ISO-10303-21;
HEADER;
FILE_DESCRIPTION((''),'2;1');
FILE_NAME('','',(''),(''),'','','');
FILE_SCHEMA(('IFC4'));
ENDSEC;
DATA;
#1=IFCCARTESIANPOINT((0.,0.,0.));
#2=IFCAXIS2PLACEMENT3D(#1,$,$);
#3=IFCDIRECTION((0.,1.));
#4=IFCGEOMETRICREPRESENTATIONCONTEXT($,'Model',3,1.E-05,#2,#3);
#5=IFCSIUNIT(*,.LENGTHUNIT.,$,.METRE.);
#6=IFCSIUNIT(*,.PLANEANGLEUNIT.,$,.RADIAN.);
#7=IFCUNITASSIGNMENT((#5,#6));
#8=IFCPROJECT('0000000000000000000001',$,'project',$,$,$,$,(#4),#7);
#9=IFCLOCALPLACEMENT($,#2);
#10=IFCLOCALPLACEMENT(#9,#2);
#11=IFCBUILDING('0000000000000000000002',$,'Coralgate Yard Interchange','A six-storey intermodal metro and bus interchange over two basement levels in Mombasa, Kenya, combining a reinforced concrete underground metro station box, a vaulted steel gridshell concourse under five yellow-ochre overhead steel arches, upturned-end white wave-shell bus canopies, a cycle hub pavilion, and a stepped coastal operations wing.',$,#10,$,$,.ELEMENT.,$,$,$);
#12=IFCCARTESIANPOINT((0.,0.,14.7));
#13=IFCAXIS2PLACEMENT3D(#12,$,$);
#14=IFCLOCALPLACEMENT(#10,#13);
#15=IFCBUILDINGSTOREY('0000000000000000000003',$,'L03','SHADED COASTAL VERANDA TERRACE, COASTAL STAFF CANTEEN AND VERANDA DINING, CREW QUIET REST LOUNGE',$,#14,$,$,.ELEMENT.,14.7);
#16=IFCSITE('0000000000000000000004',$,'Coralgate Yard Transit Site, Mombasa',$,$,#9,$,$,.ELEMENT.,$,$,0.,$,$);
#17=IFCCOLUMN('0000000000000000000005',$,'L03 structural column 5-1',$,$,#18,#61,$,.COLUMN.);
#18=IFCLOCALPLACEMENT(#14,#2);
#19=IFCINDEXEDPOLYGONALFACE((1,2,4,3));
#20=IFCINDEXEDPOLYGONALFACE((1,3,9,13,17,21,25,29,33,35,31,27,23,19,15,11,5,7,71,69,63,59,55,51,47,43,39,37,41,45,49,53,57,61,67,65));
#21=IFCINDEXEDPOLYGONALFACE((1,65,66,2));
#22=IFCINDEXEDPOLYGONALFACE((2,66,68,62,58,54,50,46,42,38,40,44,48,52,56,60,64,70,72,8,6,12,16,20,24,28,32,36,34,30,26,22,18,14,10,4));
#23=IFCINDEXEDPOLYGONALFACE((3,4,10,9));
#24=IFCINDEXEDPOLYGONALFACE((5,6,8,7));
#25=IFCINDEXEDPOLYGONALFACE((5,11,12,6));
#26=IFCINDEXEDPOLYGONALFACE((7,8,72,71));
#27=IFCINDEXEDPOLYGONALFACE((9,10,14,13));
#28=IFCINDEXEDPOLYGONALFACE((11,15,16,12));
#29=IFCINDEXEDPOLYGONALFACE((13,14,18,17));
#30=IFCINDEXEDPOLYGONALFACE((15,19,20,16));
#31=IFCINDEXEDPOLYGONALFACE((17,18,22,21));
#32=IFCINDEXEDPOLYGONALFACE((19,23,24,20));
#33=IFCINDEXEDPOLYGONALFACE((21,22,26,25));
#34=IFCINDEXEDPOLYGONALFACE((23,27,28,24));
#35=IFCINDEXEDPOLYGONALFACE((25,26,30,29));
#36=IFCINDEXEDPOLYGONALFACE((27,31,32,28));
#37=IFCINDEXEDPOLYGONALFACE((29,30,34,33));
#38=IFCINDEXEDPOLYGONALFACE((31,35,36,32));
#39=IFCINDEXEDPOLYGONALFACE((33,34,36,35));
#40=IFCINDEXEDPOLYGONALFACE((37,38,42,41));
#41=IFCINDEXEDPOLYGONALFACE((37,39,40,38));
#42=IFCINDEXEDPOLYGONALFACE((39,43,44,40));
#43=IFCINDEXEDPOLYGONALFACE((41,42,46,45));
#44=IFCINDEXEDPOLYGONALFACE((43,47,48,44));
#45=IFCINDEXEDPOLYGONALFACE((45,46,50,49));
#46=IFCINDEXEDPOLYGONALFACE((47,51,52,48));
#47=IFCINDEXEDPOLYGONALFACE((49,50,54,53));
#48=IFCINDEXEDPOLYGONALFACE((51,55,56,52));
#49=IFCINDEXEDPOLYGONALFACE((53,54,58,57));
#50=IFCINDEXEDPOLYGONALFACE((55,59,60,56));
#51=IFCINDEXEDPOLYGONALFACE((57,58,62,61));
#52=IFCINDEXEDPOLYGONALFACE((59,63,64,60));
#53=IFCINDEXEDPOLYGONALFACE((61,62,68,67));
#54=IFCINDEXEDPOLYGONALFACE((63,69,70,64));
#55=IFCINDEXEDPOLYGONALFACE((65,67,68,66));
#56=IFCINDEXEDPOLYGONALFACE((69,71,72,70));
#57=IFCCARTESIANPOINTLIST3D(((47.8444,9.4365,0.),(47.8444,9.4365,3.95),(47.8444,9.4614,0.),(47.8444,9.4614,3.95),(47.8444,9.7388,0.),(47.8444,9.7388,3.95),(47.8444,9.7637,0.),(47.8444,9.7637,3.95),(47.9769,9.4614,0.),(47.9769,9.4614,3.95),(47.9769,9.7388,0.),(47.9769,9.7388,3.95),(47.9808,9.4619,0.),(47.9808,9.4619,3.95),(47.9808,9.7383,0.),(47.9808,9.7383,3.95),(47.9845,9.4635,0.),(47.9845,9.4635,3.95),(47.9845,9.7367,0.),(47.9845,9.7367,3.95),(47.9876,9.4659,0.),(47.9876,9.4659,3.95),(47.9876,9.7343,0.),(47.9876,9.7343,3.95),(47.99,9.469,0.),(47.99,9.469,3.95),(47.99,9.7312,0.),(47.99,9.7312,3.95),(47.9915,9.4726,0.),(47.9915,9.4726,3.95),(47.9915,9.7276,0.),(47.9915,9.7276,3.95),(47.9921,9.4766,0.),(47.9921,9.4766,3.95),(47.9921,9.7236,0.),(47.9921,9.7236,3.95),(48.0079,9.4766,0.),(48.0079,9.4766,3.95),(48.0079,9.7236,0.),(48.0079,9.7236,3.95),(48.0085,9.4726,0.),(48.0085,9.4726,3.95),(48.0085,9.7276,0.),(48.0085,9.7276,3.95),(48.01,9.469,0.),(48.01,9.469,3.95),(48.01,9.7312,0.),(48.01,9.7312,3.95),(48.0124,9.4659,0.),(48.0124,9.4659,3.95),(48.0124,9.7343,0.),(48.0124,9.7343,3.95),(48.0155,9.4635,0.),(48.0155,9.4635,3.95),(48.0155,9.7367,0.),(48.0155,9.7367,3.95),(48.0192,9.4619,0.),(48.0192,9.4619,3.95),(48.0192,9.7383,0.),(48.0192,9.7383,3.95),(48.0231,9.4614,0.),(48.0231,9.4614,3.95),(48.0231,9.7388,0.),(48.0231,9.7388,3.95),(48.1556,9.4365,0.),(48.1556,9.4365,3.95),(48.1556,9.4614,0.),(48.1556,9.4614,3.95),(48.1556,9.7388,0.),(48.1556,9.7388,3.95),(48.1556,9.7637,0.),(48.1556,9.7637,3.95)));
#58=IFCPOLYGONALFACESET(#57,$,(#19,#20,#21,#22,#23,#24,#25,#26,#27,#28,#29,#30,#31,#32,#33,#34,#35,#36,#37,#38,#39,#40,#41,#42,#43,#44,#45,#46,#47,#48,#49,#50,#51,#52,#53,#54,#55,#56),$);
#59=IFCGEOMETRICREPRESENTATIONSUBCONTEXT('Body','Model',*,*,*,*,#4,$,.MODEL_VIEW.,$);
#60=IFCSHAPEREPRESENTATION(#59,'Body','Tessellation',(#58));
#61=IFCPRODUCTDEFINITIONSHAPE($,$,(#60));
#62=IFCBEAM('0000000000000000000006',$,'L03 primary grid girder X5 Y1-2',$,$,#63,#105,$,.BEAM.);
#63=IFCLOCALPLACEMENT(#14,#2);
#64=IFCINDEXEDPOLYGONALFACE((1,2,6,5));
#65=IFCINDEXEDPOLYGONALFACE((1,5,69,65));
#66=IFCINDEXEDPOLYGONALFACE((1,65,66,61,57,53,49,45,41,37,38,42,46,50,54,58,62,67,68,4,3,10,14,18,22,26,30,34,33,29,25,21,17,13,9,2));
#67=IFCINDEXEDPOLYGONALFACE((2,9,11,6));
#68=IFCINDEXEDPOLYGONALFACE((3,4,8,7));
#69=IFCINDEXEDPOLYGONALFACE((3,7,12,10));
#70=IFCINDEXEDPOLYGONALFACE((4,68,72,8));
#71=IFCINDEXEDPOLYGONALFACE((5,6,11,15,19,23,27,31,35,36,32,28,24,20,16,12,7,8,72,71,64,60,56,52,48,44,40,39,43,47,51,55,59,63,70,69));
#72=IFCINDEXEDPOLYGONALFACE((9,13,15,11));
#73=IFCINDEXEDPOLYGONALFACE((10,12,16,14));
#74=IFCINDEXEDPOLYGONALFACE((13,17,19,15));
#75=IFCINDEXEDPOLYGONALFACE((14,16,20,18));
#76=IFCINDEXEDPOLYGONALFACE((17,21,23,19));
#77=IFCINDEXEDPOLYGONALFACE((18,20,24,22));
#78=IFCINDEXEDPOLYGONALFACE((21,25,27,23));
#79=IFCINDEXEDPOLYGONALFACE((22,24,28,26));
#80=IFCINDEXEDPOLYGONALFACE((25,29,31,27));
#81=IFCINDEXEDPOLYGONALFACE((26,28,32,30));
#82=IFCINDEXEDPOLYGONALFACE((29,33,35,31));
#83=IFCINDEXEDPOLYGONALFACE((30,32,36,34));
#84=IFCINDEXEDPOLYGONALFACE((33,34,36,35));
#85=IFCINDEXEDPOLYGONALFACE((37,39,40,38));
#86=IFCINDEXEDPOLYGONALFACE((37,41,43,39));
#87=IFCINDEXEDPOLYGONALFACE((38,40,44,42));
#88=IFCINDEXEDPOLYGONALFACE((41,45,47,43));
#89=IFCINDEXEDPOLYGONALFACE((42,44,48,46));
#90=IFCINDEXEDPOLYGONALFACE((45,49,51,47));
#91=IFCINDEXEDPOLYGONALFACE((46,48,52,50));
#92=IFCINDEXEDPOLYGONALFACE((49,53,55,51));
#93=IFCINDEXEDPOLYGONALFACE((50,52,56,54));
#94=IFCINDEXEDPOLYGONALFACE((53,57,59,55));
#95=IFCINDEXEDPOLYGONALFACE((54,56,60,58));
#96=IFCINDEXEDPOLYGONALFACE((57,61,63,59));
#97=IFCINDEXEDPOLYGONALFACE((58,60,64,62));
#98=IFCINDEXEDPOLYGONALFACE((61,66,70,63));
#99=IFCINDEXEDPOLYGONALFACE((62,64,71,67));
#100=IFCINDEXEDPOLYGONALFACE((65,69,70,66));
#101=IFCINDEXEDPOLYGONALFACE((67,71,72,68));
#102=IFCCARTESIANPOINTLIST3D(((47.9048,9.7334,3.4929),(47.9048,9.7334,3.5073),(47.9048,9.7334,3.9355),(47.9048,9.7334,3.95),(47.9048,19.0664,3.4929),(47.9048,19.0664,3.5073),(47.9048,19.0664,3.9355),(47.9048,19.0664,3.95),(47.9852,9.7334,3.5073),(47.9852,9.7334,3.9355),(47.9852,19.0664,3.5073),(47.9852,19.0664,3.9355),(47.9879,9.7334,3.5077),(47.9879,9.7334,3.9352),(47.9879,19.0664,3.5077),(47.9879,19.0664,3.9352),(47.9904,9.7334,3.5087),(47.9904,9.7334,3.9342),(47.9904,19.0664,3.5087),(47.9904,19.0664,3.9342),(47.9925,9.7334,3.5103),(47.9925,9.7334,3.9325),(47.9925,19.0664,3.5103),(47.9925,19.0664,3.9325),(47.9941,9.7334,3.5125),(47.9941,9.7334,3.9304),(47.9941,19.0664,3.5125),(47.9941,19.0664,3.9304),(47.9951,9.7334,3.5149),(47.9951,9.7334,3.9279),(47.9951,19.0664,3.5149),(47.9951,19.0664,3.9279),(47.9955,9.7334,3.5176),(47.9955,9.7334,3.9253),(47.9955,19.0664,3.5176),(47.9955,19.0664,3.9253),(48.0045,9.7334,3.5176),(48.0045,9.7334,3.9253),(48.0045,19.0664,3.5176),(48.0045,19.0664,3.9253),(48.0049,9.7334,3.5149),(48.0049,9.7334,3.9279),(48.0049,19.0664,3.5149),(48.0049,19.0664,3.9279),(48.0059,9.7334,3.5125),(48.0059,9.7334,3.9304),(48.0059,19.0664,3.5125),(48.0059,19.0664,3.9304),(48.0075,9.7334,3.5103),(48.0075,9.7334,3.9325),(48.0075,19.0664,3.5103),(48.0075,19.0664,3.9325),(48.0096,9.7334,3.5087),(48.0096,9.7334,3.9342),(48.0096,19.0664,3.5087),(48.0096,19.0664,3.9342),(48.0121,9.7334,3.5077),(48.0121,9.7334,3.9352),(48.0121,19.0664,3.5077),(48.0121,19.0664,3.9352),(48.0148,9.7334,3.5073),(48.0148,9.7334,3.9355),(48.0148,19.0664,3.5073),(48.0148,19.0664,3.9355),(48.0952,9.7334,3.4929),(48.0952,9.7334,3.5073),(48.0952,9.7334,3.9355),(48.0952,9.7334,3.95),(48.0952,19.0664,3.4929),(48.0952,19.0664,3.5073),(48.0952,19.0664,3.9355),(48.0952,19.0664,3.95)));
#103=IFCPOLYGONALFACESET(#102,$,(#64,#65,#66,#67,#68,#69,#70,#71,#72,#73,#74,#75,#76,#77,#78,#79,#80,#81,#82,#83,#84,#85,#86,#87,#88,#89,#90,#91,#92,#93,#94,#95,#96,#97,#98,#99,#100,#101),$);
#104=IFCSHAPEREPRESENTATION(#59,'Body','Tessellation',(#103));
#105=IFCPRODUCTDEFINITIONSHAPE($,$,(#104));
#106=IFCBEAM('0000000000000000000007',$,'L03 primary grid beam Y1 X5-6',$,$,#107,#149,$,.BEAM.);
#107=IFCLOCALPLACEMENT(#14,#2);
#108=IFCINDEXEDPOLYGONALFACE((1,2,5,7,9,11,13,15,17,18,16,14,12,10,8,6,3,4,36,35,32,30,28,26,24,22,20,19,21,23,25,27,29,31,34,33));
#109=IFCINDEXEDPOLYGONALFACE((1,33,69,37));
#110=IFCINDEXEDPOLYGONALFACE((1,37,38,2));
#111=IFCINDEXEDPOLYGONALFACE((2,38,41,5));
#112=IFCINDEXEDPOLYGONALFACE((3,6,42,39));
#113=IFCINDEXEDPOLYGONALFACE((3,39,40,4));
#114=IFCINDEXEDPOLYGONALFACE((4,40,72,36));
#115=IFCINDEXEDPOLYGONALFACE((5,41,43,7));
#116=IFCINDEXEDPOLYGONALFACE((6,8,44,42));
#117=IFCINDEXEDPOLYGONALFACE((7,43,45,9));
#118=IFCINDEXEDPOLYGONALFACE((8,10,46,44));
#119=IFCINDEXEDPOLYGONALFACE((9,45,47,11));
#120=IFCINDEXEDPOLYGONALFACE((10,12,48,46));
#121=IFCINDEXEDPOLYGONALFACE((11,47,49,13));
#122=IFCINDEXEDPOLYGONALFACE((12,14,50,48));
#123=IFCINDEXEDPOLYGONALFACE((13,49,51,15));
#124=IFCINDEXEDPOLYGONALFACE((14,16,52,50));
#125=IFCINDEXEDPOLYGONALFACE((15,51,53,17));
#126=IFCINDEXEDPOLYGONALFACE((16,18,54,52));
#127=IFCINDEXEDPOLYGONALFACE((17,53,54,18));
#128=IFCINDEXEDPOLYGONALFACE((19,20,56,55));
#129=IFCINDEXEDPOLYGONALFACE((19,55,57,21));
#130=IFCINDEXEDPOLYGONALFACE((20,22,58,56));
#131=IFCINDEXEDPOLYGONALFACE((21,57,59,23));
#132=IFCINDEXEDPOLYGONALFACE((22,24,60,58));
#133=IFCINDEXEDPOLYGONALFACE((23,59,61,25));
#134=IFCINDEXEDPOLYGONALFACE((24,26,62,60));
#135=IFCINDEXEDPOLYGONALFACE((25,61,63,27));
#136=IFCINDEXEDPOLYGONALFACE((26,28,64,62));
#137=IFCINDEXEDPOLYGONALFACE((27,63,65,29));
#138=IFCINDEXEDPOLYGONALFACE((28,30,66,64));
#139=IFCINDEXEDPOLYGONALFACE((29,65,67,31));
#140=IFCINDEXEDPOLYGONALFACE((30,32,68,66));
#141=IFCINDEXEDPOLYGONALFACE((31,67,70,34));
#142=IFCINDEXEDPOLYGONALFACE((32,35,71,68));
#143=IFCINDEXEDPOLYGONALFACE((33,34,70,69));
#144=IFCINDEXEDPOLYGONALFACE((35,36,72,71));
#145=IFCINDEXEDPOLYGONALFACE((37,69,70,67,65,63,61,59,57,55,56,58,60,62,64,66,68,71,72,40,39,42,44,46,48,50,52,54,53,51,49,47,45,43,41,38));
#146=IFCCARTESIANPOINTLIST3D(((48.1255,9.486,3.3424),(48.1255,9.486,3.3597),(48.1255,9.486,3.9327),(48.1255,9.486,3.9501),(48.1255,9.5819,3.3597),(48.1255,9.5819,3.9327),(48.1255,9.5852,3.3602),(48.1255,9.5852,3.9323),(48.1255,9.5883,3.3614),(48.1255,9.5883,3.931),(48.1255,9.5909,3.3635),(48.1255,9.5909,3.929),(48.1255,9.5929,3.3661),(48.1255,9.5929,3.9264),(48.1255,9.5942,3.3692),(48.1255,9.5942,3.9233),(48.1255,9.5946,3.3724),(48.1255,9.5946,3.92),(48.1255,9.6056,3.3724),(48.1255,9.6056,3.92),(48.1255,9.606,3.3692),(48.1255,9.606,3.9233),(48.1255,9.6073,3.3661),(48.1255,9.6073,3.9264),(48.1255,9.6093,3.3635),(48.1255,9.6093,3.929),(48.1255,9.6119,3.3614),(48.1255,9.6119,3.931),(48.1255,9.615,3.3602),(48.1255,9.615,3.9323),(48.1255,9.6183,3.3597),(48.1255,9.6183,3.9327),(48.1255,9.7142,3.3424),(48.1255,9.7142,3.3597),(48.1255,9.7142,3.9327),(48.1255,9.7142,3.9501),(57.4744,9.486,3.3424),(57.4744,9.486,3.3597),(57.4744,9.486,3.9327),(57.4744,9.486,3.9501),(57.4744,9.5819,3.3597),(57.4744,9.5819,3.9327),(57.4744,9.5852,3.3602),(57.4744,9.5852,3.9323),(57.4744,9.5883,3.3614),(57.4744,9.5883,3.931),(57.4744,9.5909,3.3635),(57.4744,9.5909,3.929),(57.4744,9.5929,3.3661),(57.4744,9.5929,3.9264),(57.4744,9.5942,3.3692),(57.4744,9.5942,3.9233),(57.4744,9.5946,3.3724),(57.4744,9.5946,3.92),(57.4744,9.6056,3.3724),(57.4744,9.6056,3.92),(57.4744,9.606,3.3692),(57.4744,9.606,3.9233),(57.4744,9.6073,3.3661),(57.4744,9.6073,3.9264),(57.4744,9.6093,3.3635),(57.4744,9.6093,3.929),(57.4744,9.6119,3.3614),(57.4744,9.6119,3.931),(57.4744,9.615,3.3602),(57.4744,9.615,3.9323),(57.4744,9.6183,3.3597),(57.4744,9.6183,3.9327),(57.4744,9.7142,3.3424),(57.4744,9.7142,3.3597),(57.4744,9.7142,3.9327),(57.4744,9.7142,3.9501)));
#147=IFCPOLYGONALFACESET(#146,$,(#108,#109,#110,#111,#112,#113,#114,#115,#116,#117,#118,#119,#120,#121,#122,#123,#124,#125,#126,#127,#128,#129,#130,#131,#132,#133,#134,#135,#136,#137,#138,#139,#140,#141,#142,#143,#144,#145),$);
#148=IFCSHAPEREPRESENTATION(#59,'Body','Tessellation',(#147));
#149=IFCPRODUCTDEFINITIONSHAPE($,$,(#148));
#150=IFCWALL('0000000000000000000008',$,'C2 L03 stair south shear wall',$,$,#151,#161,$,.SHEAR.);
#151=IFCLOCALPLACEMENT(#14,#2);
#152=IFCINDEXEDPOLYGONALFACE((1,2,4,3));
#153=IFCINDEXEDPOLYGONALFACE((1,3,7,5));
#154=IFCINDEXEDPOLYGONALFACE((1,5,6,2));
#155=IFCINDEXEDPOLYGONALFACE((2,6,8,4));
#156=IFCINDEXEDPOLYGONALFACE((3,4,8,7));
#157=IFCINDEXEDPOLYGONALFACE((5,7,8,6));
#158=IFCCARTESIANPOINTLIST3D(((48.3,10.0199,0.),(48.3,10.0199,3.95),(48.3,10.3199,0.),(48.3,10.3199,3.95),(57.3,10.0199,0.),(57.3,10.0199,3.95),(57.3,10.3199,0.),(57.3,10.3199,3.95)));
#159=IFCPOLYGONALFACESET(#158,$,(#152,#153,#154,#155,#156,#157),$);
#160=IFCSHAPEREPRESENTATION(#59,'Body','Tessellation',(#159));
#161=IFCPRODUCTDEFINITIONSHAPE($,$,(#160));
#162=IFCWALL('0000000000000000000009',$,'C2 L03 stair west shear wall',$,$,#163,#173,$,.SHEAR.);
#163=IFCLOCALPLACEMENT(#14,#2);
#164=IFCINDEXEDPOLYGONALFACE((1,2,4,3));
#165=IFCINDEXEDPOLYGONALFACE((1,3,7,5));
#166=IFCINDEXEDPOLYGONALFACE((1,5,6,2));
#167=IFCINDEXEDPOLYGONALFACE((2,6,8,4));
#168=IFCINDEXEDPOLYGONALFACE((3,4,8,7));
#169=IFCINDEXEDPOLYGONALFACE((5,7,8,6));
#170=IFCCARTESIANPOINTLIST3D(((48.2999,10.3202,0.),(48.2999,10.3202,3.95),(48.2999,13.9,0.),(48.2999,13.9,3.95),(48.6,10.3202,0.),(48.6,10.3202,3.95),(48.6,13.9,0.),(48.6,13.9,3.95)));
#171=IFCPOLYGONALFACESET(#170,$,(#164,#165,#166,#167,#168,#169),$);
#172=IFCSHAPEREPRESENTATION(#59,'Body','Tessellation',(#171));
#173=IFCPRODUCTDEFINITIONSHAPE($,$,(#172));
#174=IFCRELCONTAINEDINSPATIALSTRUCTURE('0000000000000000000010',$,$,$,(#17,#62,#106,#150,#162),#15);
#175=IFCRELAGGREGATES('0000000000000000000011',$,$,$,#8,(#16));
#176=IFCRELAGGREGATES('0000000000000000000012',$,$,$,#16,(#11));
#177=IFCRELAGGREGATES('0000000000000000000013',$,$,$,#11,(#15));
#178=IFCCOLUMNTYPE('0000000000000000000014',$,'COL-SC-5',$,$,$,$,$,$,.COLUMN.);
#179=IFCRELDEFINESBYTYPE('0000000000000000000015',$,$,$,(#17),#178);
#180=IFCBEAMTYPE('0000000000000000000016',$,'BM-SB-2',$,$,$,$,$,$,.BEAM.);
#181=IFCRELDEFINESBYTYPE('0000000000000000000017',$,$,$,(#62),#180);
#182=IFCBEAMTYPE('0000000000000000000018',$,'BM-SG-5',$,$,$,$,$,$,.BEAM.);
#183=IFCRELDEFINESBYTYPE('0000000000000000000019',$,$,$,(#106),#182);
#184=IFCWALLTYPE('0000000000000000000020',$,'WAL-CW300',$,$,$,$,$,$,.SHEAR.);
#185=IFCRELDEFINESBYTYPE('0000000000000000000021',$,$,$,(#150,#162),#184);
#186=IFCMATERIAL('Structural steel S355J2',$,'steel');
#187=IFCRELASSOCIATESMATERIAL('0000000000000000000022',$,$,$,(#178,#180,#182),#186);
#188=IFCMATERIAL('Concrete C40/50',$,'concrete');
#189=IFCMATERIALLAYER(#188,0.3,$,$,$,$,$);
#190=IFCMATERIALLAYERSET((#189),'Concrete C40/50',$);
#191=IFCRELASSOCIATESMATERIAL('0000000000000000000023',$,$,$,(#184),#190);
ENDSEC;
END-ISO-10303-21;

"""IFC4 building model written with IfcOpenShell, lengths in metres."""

from ifc_helpers import new_model, si_unit, direction, frame, frame_2d, origin, origin_2d, place, context, subcontext, project, spatial, rectangle, i_section, extrude, material, layer, layer_set, material_profile, profile_set, type_object, element, save


model = new_model("IFC4")

# Units and contexts
model_context = context("Model", 3, precision=1e-05, world=origin(), true_north=direction((0.0, 1.0)))
body_context = subcontext(model_context, "Body", "Model", "MODEL_VIEW")
ifc_project = project(units=[si_unit("LENGTHUNIT", "METRE"), si_unit("PLANEANGLEUNIT", "RADIAN")], contexts=[model_context])

# Site, building, storey
site_placement = place(None, origin())
site = spatial("IfcSite", under=ifc_project, at=site_placement, Name="Coralgate Yard Transit Site, Mombasa", CompositionType="ELEMENT", RefElevation=0.0)
building_placement = place(site_placement, origin())
building = spatial("IfcBuilding", under=site, at=building_placement, Name="Coralgate Yard Interchange", Description="A six-storey intermodal metro and bus interchange over two basement levels in Mombasa, Kenya, combining a reinforced concrete underground metro station box, a vaulted steel gridshell concourse under five yellow-ochre overhead steel arches, upturned-end white wave-shell bus canopies, a cycle hub pavilion, and a stepped coastal operations wing.", CompositionType="ELEMENT")
storey_placement = place(building_placement, frame((0.0, 0.0, 14.7)))
storey = spatial("IfcBuildingStorey", under=building, at=storey_placement, Name="L03", Description="SHADED COASTAL VERANDA TERRACE, COASTAL STAFF CANTEEN AND VERANDA DINING, CREW QUIET REST LOUNGE", CompositionType="ELEMENT", Elevation=14.7)

# Column
ifc_material_1 = material(Name="Structural steel S355J2", Category="steel")
ifc_material_profile_1 = material_profile(ifc_material_1, i_section(OverallWidth=0.3113, OverallDepth=0.3271, WebThickness=0.0159, FlangeThickness=0.0249, FilletRadius=0.0151, at=origin_2d()), Name="UC 305x305x158")
ifc_profile_set_1 = profile_set([ifc_material_profile_1], Name="Structural steel S355J2")
column_type = type_object("IfcColumnType", Name="COL-SC-5", PredefinedType="COLUMN", material=ifc_profile_set_1)
column_placement = place(storey_placement, frame((48.0, 9.6001, 0.0), z_axis=(0.0, 0.0, 1.0), x_axis=(1.0, 0.0, 0.0)))
element("IfcColumn", 1, at=column_placement, inside=storey, type_object=column_type, Name="L03 structural column 5-1", PredefinedType="COLUMN", context=body_context, shape_type="SweptSolid", body=[
    extrude(i_section(OverallWidth=0.3113, OverallDepth=0.3271, WebThickness=0.0159, FlangeThickness=0.0249, FilletRadius=0.0151, at=origin_2d()), origin(), (0.0, 0.0, 1.0), 3.95),
])

# Beams
ifc_material_profile_2 = material_profile(ifc_material_1, i_section(OverallWidth=0.1904, OverallDepth=0.457, WebThickness=0.009, FlangeThickness=0.0144, FilletRadius=0.0103, at=origin_2d()), Name="UB 457x191x74")
ifc_profile_set_2 = profile_set([ifc_material_profile_2], Name="Structural steel S355J2")
beam_type_1 = type_object("IfcBeamType", Name="BM-SB-2", PredefinedType="BEAM", material=ifc_profile_set_2)
beam_1_placement = place(storey_placement, frame((48.0, 9.7334, 3.7214), z_axis=(0.0, 1.0, 0.0), x_axis=(-1.0, 0.0, 0.0)))
element("IfcBeam", 2, at=beam_1_placement, inside=storey, type_object=beam_type_1, Name="L03 primary grid girder X5 Y1-2", PredefinedType="BEAM", context=body_context, shape_type="SweptSolid", body=[
    extrude(i_section(OverallWidth=0.1904, OverallDepth=0.457, WebThickness=0.009, FlangeThickness=0.0144, FilletRadius=0.0103, at=origin_2d()), origin(), (0.0, 0.0, 1.0), 9.333),
])
ifc_material_profile_3 = material_profile(ifc_material_1, i_section(OverallWidth=0.2283, OverallDepth=0.6077, WebThickness=0.011, FlangeThickness=0.0173, FilletRadius=0.0127, at=origin_2d()), Name="UB 610x229x113")
ifc_profile_set_3 = profile_set([ifc_material_profile_3], Name="Structural steel S355J2")
beam_type_2 = type_object("IfcBeamType", Name="BM-SG-5", PredefinedType="BEAM", material=ifc_profile_set_3)
beam_2_placement = place(storey_placement, frame((48.1255, 9.6001, 3.6462), z_axis=(1.0, 0.0, 0.0), x_axis=(0.0, 1.0, 0.0)))
element("IfcBeam", 3, at=beam_2_placement, inside=storey, type_object=beam_type_2, Name="L03 primary grid beam Y1 X5-6", PredefinedType="BEAM", context=body_context, shape_type="SweptSolid", body=[
    extrude(i_section(OverallWidth=0.2283, OverallDepth=0.6077, WebThickness=0.011, FlangeThickness=0.0173, FilletRadius=0.0127, at=origin_2d()), origin(), (0.0, 0.0, 1.0), 9.3489),
])

# Walls
ifc_material_2 = material(Name="Concrete C40/50", Category="concrete")
ifc_layer_1 = layer(ifc_material_2, 0.3)
ifc_layer_set_1 = layer_set([ifc_layer_1], Name="Concrete C40/50")
wall_type_1 = type_object("IfcWallType", Name="WAL-CW300", PredefinedType="SHEAR", material=ifc_layer_set_1)
wall_1_placement = place(storey_placement, frame((48.3, 10.1699, 0.0), z_axis=(0.0, 0.0, 1.0), x_axis=(1.0, 0.0, 0.0)))
element("IfcWall", 4, at=wall_1_placement, inside=storey, type_object=wall_type_1, Name="C2 L03 stair south shear wall", PredefinedType="SHEAR", context=body_context, shape_type="SweptSolid", body=[
    extrude(rectangle(XDim=9.0, YDim=0.3, at=frame_2d((4.5, 0.0))), origin(), (0.0, 0.0, 1.0), 3.95),
])
wall_2_placement = place(storey_placement, frame((48.45, 10.3201, 0.0), z_axis=(0.0, 0.0, 1.0), x_axis=(0.0, 1.0, 0.0)))
element("IfcWall", 5, at=wall_2_placement, inside=storey, type_object=wall_type_1, Name="C2 L03 stair west shear wall", PredefinedType="SHEAR", context=body_context, shape_type="SweptSolid", body=[
    extrude(rectangle(XDim=3.5798, YDim=0.3, at=frame_2d((1.79, 0.0))), origin(), (0.0, 0.0, 1.0), 3.95),
])

save(model, "model.ifc")
